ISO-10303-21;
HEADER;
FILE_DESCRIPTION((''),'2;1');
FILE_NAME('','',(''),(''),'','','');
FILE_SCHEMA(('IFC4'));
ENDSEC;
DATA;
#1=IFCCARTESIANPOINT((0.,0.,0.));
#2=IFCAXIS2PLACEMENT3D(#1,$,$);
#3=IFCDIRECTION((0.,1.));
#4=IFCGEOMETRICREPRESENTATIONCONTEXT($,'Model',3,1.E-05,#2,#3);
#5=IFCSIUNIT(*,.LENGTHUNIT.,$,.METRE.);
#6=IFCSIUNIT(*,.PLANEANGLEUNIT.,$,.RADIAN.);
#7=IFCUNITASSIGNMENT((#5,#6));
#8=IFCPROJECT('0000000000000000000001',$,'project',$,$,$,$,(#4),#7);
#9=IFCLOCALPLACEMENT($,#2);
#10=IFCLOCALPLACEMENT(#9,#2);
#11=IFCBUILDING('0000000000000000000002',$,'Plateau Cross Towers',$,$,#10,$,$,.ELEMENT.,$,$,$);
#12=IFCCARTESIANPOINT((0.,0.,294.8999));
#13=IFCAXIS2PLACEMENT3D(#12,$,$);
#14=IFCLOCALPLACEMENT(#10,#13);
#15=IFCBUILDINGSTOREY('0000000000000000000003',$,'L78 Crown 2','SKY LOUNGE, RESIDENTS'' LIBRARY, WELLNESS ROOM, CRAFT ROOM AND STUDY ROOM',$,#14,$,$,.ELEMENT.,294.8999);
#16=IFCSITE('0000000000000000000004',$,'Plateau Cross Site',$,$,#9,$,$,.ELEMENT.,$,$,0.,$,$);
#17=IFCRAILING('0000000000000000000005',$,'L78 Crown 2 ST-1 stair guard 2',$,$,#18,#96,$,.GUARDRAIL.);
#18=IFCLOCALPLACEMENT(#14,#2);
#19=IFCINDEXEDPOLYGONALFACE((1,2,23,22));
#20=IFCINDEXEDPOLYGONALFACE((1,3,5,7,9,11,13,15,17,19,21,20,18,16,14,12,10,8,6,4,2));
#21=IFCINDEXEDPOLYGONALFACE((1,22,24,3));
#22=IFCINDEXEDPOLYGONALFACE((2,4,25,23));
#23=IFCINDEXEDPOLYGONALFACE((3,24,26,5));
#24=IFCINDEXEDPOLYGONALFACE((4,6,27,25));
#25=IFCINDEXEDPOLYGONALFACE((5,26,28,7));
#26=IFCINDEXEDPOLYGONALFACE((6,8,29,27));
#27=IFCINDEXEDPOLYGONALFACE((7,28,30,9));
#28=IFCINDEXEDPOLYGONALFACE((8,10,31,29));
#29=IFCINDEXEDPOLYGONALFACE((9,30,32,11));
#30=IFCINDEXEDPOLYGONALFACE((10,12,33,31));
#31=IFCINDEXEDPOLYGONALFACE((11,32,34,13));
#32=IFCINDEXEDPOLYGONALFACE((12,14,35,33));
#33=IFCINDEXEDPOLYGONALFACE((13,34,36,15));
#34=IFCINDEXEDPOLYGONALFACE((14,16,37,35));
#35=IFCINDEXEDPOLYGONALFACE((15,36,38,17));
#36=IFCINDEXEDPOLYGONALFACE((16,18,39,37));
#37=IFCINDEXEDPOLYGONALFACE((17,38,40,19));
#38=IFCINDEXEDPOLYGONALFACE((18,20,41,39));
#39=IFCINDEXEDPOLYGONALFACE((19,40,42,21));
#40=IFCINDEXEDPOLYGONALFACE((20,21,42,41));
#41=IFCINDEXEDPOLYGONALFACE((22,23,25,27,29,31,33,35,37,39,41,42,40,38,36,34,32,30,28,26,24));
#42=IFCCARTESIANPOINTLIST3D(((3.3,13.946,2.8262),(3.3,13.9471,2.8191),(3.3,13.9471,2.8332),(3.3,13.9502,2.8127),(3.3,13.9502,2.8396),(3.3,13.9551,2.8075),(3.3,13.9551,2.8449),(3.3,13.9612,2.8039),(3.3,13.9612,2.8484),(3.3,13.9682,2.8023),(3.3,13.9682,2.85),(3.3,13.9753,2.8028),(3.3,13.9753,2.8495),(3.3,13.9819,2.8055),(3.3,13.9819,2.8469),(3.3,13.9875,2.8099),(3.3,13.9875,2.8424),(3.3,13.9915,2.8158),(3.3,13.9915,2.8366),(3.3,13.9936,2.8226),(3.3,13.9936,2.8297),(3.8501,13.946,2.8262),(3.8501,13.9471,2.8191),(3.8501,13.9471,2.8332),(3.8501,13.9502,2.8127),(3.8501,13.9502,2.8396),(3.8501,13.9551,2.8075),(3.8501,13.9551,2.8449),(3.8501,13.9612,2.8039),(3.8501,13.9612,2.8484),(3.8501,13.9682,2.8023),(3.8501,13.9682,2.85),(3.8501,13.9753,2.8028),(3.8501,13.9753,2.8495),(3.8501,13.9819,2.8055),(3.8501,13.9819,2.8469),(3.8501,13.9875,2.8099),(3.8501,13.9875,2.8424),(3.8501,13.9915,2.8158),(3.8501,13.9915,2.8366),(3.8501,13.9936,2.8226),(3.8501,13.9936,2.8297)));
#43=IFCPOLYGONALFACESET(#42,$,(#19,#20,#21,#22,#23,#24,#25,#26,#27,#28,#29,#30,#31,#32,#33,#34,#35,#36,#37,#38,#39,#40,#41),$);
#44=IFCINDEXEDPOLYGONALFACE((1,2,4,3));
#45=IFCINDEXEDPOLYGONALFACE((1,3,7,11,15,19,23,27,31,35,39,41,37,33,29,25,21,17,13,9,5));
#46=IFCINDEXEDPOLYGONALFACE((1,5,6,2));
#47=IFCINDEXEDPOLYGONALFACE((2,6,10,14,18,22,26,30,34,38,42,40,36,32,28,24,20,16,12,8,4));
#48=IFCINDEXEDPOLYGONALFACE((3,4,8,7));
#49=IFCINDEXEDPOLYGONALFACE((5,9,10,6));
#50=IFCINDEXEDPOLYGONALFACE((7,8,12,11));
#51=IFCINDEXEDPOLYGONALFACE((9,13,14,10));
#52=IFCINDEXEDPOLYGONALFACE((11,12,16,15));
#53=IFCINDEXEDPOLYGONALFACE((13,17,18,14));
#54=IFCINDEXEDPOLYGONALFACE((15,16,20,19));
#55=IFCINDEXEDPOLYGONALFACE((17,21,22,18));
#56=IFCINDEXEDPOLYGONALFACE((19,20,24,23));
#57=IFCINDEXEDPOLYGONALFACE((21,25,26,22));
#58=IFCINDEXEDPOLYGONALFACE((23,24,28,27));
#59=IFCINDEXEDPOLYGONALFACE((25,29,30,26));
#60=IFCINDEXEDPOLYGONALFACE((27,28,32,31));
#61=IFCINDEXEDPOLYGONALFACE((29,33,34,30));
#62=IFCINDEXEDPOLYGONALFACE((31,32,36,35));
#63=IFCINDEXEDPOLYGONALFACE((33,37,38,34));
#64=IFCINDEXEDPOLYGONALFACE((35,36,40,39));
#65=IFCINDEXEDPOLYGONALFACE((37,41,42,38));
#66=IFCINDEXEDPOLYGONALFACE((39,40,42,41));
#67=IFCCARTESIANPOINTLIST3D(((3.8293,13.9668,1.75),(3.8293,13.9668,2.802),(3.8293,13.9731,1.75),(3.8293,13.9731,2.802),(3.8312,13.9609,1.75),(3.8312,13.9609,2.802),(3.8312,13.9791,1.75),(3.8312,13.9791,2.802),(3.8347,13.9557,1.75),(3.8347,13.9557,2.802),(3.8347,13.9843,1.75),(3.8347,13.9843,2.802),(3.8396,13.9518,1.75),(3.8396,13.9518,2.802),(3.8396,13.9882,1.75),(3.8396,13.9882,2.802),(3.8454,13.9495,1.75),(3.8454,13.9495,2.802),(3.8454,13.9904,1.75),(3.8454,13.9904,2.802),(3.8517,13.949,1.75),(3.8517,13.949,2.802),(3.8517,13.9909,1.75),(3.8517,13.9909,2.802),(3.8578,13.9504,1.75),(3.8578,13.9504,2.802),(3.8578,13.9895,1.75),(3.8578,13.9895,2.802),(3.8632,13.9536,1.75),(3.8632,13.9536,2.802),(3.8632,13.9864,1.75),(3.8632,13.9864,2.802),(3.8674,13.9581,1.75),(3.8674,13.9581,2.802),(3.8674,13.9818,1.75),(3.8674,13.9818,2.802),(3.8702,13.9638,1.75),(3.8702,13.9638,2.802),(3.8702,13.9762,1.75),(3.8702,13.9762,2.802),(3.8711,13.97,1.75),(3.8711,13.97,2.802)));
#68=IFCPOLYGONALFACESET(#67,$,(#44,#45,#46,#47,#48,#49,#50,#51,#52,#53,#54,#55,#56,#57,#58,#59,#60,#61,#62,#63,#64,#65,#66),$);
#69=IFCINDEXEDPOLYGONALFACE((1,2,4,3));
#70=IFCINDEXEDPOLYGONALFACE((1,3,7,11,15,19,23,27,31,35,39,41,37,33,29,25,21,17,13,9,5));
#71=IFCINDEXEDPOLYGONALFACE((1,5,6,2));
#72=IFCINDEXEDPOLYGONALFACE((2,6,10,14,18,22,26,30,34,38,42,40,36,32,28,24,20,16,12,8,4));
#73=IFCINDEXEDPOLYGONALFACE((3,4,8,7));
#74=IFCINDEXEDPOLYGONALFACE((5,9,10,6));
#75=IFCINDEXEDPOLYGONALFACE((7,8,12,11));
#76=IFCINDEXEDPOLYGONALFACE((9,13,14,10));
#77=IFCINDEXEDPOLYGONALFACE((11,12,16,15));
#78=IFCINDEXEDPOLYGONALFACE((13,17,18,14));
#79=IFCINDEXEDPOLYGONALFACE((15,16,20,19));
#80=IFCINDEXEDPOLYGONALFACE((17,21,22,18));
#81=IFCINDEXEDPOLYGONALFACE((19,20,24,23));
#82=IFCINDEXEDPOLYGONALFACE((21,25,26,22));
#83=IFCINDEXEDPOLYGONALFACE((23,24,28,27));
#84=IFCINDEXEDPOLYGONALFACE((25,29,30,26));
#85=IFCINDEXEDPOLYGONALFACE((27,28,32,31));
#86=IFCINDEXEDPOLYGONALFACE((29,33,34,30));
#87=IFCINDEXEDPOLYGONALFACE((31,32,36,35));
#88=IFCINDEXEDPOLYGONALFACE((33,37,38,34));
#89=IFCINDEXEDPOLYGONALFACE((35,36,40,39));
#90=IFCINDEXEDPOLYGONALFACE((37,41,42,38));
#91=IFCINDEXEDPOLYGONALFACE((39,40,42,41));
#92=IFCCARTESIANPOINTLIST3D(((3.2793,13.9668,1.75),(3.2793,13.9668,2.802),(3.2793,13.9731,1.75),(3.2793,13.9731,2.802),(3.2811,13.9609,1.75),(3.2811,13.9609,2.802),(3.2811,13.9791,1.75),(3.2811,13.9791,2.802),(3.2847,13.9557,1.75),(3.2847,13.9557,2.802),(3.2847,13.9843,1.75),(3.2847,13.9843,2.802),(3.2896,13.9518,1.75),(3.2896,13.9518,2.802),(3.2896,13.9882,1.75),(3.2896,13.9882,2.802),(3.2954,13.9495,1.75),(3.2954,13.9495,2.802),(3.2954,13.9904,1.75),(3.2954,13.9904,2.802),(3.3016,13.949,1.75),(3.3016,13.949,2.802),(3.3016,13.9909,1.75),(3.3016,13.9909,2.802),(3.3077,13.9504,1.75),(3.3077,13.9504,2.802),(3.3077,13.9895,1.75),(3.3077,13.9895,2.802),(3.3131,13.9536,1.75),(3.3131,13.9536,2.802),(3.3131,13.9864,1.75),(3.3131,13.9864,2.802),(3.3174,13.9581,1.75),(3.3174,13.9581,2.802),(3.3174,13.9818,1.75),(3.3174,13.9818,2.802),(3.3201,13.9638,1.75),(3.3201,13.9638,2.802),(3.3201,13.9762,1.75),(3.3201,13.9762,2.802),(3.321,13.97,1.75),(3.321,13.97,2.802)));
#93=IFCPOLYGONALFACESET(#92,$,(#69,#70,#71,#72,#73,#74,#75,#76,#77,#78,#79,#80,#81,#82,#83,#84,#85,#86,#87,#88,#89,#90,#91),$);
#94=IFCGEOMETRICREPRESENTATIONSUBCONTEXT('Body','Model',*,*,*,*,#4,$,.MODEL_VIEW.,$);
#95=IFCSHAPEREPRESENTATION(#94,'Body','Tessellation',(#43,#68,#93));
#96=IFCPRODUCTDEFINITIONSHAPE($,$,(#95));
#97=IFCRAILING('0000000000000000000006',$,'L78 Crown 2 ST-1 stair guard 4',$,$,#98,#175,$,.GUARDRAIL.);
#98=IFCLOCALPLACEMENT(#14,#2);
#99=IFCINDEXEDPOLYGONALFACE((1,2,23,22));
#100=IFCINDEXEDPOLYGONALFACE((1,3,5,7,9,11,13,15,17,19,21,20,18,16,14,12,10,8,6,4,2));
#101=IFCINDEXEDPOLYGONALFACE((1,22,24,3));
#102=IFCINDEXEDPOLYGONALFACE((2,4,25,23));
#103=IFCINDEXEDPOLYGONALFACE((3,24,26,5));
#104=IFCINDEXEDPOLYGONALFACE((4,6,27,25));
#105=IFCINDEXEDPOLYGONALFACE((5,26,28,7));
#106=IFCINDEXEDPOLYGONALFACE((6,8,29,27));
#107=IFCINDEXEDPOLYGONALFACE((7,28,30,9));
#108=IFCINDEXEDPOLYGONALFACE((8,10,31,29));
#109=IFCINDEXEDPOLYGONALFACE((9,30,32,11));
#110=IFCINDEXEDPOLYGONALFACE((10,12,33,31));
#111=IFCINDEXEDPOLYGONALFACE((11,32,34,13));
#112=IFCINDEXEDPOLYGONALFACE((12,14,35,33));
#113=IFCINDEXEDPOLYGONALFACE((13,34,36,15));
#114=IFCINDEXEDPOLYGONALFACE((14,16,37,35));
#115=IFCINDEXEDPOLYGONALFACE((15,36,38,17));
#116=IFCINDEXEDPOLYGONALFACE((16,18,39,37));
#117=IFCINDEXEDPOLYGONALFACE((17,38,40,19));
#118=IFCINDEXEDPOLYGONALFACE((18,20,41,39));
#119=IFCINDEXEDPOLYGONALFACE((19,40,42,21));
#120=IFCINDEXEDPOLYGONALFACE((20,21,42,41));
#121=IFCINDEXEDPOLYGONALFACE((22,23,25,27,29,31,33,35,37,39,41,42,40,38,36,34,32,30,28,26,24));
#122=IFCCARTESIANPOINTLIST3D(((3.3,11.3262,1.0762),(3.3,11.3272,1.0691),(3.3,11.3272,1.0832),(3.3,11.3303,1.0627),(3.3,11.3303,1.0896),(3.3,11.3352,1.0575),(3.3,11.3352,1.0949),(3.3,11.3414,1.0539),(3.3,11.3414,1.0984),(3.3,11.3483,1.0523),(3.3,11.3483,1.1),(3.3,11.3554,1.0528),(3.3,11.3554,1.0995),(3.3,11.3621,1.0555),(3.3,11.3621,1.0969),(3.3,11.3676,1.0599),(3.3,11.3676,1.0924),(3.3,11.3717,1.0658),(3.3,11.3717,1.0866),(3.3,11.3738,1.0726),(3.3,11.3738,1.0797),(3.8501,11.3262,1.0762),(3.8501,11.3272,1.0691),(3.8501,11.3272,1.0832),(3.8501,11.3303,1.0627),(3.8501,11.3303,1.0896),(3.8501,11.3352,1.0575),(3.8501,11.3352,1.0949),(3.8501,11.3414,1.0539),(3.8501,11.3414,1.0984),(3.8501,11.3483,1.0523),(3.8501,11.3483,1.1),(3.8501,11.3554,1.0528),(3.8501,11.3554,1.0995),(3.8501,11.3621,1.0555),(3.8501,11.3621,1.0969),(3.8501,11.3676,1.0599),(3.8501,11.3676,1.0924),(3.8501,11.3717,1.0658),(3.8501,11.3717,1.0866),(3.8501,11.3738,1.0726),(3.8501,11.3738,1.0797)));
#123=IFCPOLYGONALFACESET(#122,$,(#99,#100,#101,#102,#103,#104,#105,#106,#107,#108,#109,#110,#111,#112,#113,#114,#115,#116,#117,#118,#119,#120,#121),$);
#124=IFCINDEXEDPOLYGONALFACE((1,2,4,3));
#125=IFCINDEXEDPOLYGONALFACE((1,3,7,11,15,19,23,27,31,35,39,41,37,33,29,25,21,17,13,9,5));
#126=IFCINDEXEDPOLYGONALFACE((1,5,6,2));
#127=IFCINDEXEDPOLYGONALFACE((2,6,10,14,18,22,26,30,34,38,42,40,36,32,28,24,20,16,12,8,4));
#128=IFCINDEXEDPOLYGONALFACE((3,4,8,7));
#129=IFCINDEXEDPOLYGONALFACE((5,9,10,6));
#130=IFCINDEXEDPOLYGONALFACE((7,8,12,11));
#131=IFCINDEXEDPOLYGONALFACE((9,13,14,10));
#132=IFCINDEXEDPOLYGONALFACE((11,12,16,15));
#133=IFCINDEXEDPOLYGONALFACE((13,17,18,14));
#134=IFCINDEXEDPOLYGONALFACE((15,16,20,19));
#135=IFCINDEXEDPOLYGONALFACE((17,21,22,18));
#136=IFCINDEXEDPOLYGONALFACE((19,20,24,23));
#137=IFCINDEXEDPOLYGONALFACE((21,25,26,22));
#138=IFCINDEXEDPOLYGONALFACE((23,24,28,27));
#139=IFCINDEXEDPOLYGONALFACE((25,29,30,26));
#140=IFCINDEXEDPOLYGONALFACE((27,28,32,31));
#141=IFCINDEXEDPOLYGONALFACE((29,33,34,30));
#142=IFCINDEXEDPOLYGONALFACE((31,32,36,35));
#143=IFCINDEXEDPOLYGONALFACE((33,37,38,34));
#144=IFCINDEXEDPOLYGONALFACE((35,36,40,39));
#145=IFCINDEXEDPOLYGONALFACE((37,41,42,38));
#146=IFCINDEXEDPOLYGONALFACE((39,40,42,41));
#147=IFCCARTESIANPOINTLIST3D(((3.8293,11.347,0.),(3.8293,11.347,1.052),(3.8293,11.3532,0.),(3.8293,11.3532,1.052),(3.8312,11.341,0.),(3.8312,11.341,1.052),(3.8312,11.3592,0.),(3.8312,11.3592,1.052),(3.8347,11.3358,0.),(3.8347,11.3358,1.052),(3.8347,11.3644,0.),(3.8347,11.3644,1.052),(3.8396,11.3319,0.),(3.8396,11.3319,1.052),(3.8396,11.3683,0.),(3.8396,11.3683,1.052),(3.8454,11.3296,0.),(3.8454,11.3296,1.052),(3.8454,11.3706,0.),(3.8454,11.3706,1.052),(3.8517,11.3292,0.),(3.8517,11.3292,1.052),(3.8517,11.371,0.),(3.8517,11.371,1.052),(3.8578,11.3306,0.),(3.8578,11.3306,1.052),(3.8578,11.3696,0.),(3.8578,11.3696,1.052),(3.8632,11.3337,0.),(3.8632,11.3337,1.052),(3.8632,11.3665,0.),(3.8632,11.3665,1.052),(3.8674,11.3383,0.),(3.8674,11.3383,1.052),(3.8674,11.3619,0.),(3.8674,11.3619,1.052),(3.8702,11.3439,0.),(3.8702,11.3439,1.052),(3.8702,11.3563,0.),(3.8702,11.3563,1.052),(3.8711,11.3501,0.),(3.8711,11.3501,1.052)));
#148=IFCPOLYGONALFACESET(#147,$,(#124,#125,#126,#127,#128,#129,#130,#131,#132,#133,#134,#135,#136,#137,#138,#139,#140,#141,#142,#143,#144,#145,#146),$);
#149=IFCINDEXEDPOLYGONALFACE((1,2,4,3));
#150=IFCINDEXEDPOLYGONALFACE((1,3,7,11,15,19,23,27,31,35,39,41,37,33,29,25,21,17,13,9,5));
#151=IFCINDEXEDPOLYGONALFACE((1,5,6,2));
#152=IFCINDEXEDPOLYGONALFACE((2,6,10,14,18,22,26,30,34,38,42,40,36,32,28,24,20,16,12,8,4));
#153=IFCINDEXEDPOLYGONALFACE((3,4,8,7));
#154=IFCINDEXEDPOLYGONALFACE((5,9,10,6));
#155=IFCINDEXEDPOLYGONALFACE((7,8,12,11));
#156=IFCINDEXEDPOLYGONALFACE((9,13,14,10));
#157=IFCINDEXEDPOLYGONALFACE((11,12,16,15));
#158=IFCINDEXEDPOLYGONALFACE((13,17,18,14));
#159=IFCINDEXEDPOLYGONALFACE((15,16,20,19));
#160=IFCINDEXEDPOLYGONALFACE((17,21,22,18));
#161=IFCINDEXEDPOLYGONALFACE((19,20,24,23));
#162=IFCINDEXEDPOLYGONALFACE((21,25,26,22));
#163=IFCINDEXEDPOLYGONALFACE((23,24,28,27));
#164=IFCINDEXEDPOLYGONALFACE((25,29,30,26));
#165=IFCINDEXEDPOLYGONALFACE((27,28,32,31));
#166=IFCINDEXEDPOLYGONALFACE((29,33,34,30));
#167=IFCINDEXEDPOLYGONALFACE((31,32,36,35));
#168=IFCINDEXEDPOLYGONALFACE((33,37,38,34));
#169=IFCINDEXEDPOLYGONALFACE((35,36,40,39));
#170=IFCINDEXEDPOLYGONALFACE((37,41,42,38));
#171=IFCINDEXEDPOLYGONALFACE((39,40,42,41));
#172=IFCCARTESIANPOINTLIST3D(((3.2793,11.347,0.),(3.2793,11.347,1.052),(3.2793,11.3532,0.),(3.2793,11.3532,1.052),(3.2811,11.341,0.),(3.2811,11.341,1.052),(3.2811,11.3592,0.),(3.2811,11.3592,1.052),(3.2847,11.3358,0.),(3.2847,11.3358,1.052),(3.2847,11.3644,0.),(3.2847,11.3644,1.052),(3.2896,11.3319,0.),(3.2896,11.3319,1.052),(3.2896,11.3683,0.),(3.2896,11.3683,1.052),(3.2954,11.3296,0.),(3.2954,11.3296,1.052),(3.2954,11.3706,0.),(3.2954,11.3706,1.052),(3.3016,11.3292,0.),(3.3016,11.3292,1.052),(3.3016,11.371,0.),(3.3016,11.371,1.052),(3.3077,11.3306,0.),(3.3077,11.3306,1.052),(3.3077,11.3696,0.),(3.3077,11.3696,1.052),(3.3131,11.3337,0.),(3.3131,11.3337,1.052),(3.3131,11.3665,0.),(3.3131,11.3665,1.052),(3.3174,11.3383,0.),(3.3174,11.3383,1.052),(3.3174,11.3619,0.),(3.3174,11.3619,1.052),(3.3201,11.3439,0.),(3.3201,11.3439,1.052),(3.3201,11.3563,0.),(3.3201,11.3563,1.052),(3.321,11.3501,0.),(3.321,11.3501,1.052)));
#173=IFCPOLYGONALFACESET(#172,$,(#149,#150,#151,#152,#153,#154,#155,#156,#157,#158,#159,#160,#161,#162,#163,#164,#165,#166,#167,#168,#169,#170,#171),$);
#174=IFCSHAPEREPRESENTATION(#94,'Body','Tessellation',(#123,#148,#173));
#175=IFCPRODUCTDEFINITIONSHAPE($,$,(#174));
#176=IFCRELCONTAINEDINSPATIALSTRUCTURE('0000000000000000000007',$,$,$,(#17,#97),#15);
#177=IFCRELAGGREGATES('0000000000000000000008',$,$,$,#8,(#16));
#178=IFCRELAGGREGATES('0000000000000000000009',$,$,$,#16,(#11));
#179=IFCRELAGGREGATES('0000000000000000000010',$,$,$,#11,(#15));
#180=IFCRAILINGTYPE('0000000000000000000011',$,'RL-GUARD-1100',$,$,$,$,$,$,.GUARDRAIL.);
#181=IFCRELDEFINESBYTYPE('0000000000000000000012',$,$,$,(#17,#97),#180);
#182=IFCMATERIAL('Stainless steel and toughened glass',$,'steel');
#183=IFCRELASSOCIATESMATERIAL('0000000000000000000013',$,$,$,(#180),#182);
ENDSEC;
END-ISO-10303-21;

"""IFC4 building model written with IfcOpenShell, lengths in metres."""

from ifc_helpers import new_model, si_unit, direction, frame, origin, origin_2d, place, context, subcontext, project, spatial, circle, extrude, material, type_object, element, save


model = new_model("IFC4")

# Units and contexts
model_context = context("Model", 3, precision=1e-05, world=origin(), true_north=direction((0.0, 1.0)))
body_context = subcontext(model_context, "Body", "Model", "MODEL_VIEW")
ifc_project = project(units=[si_unit("LENGTHUNIT", "METRE"), si_unit("PLANEANGLEUNIT", "RADIAN")], contexts=[model_context])

# Site, building, storey
site_placement = place(None, origin())
site = spatial("IfcSite", under=ifc_project, at=site_placement, Name="Plateau Cross Site", CompositionType="ELEMENT", RefElevation=0.0)
building_placement = place(site_placement, origin())
building = spatial("IfcBuilding", under=site, at=building_placement, Name="Plateau Cross Towers", CompositionType="ELEMENT")
storey_placement = place(building_placement, frame((0.0, 0.0, 294.8999)))
storey = spatial("IfcBuildingStorey", under=building, at=storey_placement, Name="L78 Crown 2", Description="SKY LOUNGE, RESIDENTS' LIBRARY, WELLNESS ROOM, CRAFT ROOM AND STUDY ROOM", CompositionType="ELEMENT", Elevation=294.8999)

# Railings
ifc_material_1 = material(Name="Stainless steel and toughened glass", Category="steel")
railing_type_1 = type_object("IfcRailingType", Name="RL-GUARD-1100", PredefinedType="GUARDRAIL", material=ifc_material_1)
for number, where, name in (
    (1, (3.8501, 13.97, 1.75), "L78 Crown 2 ST-1 stair guard 2"),
    (2, (3.8501, 11.3501, 0.0), "L78 Crown 2 ST-1 stair guard 4"),
):
    element("IfcRailing", number, at=place(storey_placement, frame(where)), inside=storey, type_object=railing_type_1, Name=name, PredefinedType="GUARDRAIL", context=body_context, shape_type="SweptSolid", body=[
        extrude(circle(Radius=0.0239, at=origin_2d()), frame((0.0, 0.0, 1.0762), z_axis=(-1.0, 0.0, 0.0), x_axis=(0.0, -1.0, 0.0)), (0.0, 0.0, 1.0), 0.55),
        extrude(circle(Radius=0.021, at=origin_2d()), origin(), (0.0, 0.0, 1.0), 1.052),
        extrude(circle(Radius=0.021, at=origin_2d()), frame((-0.55, 0.0, 0.0)), (0.0, 0.0, 1.0), 1.052),
    ])

save(model, "model.ifc")
